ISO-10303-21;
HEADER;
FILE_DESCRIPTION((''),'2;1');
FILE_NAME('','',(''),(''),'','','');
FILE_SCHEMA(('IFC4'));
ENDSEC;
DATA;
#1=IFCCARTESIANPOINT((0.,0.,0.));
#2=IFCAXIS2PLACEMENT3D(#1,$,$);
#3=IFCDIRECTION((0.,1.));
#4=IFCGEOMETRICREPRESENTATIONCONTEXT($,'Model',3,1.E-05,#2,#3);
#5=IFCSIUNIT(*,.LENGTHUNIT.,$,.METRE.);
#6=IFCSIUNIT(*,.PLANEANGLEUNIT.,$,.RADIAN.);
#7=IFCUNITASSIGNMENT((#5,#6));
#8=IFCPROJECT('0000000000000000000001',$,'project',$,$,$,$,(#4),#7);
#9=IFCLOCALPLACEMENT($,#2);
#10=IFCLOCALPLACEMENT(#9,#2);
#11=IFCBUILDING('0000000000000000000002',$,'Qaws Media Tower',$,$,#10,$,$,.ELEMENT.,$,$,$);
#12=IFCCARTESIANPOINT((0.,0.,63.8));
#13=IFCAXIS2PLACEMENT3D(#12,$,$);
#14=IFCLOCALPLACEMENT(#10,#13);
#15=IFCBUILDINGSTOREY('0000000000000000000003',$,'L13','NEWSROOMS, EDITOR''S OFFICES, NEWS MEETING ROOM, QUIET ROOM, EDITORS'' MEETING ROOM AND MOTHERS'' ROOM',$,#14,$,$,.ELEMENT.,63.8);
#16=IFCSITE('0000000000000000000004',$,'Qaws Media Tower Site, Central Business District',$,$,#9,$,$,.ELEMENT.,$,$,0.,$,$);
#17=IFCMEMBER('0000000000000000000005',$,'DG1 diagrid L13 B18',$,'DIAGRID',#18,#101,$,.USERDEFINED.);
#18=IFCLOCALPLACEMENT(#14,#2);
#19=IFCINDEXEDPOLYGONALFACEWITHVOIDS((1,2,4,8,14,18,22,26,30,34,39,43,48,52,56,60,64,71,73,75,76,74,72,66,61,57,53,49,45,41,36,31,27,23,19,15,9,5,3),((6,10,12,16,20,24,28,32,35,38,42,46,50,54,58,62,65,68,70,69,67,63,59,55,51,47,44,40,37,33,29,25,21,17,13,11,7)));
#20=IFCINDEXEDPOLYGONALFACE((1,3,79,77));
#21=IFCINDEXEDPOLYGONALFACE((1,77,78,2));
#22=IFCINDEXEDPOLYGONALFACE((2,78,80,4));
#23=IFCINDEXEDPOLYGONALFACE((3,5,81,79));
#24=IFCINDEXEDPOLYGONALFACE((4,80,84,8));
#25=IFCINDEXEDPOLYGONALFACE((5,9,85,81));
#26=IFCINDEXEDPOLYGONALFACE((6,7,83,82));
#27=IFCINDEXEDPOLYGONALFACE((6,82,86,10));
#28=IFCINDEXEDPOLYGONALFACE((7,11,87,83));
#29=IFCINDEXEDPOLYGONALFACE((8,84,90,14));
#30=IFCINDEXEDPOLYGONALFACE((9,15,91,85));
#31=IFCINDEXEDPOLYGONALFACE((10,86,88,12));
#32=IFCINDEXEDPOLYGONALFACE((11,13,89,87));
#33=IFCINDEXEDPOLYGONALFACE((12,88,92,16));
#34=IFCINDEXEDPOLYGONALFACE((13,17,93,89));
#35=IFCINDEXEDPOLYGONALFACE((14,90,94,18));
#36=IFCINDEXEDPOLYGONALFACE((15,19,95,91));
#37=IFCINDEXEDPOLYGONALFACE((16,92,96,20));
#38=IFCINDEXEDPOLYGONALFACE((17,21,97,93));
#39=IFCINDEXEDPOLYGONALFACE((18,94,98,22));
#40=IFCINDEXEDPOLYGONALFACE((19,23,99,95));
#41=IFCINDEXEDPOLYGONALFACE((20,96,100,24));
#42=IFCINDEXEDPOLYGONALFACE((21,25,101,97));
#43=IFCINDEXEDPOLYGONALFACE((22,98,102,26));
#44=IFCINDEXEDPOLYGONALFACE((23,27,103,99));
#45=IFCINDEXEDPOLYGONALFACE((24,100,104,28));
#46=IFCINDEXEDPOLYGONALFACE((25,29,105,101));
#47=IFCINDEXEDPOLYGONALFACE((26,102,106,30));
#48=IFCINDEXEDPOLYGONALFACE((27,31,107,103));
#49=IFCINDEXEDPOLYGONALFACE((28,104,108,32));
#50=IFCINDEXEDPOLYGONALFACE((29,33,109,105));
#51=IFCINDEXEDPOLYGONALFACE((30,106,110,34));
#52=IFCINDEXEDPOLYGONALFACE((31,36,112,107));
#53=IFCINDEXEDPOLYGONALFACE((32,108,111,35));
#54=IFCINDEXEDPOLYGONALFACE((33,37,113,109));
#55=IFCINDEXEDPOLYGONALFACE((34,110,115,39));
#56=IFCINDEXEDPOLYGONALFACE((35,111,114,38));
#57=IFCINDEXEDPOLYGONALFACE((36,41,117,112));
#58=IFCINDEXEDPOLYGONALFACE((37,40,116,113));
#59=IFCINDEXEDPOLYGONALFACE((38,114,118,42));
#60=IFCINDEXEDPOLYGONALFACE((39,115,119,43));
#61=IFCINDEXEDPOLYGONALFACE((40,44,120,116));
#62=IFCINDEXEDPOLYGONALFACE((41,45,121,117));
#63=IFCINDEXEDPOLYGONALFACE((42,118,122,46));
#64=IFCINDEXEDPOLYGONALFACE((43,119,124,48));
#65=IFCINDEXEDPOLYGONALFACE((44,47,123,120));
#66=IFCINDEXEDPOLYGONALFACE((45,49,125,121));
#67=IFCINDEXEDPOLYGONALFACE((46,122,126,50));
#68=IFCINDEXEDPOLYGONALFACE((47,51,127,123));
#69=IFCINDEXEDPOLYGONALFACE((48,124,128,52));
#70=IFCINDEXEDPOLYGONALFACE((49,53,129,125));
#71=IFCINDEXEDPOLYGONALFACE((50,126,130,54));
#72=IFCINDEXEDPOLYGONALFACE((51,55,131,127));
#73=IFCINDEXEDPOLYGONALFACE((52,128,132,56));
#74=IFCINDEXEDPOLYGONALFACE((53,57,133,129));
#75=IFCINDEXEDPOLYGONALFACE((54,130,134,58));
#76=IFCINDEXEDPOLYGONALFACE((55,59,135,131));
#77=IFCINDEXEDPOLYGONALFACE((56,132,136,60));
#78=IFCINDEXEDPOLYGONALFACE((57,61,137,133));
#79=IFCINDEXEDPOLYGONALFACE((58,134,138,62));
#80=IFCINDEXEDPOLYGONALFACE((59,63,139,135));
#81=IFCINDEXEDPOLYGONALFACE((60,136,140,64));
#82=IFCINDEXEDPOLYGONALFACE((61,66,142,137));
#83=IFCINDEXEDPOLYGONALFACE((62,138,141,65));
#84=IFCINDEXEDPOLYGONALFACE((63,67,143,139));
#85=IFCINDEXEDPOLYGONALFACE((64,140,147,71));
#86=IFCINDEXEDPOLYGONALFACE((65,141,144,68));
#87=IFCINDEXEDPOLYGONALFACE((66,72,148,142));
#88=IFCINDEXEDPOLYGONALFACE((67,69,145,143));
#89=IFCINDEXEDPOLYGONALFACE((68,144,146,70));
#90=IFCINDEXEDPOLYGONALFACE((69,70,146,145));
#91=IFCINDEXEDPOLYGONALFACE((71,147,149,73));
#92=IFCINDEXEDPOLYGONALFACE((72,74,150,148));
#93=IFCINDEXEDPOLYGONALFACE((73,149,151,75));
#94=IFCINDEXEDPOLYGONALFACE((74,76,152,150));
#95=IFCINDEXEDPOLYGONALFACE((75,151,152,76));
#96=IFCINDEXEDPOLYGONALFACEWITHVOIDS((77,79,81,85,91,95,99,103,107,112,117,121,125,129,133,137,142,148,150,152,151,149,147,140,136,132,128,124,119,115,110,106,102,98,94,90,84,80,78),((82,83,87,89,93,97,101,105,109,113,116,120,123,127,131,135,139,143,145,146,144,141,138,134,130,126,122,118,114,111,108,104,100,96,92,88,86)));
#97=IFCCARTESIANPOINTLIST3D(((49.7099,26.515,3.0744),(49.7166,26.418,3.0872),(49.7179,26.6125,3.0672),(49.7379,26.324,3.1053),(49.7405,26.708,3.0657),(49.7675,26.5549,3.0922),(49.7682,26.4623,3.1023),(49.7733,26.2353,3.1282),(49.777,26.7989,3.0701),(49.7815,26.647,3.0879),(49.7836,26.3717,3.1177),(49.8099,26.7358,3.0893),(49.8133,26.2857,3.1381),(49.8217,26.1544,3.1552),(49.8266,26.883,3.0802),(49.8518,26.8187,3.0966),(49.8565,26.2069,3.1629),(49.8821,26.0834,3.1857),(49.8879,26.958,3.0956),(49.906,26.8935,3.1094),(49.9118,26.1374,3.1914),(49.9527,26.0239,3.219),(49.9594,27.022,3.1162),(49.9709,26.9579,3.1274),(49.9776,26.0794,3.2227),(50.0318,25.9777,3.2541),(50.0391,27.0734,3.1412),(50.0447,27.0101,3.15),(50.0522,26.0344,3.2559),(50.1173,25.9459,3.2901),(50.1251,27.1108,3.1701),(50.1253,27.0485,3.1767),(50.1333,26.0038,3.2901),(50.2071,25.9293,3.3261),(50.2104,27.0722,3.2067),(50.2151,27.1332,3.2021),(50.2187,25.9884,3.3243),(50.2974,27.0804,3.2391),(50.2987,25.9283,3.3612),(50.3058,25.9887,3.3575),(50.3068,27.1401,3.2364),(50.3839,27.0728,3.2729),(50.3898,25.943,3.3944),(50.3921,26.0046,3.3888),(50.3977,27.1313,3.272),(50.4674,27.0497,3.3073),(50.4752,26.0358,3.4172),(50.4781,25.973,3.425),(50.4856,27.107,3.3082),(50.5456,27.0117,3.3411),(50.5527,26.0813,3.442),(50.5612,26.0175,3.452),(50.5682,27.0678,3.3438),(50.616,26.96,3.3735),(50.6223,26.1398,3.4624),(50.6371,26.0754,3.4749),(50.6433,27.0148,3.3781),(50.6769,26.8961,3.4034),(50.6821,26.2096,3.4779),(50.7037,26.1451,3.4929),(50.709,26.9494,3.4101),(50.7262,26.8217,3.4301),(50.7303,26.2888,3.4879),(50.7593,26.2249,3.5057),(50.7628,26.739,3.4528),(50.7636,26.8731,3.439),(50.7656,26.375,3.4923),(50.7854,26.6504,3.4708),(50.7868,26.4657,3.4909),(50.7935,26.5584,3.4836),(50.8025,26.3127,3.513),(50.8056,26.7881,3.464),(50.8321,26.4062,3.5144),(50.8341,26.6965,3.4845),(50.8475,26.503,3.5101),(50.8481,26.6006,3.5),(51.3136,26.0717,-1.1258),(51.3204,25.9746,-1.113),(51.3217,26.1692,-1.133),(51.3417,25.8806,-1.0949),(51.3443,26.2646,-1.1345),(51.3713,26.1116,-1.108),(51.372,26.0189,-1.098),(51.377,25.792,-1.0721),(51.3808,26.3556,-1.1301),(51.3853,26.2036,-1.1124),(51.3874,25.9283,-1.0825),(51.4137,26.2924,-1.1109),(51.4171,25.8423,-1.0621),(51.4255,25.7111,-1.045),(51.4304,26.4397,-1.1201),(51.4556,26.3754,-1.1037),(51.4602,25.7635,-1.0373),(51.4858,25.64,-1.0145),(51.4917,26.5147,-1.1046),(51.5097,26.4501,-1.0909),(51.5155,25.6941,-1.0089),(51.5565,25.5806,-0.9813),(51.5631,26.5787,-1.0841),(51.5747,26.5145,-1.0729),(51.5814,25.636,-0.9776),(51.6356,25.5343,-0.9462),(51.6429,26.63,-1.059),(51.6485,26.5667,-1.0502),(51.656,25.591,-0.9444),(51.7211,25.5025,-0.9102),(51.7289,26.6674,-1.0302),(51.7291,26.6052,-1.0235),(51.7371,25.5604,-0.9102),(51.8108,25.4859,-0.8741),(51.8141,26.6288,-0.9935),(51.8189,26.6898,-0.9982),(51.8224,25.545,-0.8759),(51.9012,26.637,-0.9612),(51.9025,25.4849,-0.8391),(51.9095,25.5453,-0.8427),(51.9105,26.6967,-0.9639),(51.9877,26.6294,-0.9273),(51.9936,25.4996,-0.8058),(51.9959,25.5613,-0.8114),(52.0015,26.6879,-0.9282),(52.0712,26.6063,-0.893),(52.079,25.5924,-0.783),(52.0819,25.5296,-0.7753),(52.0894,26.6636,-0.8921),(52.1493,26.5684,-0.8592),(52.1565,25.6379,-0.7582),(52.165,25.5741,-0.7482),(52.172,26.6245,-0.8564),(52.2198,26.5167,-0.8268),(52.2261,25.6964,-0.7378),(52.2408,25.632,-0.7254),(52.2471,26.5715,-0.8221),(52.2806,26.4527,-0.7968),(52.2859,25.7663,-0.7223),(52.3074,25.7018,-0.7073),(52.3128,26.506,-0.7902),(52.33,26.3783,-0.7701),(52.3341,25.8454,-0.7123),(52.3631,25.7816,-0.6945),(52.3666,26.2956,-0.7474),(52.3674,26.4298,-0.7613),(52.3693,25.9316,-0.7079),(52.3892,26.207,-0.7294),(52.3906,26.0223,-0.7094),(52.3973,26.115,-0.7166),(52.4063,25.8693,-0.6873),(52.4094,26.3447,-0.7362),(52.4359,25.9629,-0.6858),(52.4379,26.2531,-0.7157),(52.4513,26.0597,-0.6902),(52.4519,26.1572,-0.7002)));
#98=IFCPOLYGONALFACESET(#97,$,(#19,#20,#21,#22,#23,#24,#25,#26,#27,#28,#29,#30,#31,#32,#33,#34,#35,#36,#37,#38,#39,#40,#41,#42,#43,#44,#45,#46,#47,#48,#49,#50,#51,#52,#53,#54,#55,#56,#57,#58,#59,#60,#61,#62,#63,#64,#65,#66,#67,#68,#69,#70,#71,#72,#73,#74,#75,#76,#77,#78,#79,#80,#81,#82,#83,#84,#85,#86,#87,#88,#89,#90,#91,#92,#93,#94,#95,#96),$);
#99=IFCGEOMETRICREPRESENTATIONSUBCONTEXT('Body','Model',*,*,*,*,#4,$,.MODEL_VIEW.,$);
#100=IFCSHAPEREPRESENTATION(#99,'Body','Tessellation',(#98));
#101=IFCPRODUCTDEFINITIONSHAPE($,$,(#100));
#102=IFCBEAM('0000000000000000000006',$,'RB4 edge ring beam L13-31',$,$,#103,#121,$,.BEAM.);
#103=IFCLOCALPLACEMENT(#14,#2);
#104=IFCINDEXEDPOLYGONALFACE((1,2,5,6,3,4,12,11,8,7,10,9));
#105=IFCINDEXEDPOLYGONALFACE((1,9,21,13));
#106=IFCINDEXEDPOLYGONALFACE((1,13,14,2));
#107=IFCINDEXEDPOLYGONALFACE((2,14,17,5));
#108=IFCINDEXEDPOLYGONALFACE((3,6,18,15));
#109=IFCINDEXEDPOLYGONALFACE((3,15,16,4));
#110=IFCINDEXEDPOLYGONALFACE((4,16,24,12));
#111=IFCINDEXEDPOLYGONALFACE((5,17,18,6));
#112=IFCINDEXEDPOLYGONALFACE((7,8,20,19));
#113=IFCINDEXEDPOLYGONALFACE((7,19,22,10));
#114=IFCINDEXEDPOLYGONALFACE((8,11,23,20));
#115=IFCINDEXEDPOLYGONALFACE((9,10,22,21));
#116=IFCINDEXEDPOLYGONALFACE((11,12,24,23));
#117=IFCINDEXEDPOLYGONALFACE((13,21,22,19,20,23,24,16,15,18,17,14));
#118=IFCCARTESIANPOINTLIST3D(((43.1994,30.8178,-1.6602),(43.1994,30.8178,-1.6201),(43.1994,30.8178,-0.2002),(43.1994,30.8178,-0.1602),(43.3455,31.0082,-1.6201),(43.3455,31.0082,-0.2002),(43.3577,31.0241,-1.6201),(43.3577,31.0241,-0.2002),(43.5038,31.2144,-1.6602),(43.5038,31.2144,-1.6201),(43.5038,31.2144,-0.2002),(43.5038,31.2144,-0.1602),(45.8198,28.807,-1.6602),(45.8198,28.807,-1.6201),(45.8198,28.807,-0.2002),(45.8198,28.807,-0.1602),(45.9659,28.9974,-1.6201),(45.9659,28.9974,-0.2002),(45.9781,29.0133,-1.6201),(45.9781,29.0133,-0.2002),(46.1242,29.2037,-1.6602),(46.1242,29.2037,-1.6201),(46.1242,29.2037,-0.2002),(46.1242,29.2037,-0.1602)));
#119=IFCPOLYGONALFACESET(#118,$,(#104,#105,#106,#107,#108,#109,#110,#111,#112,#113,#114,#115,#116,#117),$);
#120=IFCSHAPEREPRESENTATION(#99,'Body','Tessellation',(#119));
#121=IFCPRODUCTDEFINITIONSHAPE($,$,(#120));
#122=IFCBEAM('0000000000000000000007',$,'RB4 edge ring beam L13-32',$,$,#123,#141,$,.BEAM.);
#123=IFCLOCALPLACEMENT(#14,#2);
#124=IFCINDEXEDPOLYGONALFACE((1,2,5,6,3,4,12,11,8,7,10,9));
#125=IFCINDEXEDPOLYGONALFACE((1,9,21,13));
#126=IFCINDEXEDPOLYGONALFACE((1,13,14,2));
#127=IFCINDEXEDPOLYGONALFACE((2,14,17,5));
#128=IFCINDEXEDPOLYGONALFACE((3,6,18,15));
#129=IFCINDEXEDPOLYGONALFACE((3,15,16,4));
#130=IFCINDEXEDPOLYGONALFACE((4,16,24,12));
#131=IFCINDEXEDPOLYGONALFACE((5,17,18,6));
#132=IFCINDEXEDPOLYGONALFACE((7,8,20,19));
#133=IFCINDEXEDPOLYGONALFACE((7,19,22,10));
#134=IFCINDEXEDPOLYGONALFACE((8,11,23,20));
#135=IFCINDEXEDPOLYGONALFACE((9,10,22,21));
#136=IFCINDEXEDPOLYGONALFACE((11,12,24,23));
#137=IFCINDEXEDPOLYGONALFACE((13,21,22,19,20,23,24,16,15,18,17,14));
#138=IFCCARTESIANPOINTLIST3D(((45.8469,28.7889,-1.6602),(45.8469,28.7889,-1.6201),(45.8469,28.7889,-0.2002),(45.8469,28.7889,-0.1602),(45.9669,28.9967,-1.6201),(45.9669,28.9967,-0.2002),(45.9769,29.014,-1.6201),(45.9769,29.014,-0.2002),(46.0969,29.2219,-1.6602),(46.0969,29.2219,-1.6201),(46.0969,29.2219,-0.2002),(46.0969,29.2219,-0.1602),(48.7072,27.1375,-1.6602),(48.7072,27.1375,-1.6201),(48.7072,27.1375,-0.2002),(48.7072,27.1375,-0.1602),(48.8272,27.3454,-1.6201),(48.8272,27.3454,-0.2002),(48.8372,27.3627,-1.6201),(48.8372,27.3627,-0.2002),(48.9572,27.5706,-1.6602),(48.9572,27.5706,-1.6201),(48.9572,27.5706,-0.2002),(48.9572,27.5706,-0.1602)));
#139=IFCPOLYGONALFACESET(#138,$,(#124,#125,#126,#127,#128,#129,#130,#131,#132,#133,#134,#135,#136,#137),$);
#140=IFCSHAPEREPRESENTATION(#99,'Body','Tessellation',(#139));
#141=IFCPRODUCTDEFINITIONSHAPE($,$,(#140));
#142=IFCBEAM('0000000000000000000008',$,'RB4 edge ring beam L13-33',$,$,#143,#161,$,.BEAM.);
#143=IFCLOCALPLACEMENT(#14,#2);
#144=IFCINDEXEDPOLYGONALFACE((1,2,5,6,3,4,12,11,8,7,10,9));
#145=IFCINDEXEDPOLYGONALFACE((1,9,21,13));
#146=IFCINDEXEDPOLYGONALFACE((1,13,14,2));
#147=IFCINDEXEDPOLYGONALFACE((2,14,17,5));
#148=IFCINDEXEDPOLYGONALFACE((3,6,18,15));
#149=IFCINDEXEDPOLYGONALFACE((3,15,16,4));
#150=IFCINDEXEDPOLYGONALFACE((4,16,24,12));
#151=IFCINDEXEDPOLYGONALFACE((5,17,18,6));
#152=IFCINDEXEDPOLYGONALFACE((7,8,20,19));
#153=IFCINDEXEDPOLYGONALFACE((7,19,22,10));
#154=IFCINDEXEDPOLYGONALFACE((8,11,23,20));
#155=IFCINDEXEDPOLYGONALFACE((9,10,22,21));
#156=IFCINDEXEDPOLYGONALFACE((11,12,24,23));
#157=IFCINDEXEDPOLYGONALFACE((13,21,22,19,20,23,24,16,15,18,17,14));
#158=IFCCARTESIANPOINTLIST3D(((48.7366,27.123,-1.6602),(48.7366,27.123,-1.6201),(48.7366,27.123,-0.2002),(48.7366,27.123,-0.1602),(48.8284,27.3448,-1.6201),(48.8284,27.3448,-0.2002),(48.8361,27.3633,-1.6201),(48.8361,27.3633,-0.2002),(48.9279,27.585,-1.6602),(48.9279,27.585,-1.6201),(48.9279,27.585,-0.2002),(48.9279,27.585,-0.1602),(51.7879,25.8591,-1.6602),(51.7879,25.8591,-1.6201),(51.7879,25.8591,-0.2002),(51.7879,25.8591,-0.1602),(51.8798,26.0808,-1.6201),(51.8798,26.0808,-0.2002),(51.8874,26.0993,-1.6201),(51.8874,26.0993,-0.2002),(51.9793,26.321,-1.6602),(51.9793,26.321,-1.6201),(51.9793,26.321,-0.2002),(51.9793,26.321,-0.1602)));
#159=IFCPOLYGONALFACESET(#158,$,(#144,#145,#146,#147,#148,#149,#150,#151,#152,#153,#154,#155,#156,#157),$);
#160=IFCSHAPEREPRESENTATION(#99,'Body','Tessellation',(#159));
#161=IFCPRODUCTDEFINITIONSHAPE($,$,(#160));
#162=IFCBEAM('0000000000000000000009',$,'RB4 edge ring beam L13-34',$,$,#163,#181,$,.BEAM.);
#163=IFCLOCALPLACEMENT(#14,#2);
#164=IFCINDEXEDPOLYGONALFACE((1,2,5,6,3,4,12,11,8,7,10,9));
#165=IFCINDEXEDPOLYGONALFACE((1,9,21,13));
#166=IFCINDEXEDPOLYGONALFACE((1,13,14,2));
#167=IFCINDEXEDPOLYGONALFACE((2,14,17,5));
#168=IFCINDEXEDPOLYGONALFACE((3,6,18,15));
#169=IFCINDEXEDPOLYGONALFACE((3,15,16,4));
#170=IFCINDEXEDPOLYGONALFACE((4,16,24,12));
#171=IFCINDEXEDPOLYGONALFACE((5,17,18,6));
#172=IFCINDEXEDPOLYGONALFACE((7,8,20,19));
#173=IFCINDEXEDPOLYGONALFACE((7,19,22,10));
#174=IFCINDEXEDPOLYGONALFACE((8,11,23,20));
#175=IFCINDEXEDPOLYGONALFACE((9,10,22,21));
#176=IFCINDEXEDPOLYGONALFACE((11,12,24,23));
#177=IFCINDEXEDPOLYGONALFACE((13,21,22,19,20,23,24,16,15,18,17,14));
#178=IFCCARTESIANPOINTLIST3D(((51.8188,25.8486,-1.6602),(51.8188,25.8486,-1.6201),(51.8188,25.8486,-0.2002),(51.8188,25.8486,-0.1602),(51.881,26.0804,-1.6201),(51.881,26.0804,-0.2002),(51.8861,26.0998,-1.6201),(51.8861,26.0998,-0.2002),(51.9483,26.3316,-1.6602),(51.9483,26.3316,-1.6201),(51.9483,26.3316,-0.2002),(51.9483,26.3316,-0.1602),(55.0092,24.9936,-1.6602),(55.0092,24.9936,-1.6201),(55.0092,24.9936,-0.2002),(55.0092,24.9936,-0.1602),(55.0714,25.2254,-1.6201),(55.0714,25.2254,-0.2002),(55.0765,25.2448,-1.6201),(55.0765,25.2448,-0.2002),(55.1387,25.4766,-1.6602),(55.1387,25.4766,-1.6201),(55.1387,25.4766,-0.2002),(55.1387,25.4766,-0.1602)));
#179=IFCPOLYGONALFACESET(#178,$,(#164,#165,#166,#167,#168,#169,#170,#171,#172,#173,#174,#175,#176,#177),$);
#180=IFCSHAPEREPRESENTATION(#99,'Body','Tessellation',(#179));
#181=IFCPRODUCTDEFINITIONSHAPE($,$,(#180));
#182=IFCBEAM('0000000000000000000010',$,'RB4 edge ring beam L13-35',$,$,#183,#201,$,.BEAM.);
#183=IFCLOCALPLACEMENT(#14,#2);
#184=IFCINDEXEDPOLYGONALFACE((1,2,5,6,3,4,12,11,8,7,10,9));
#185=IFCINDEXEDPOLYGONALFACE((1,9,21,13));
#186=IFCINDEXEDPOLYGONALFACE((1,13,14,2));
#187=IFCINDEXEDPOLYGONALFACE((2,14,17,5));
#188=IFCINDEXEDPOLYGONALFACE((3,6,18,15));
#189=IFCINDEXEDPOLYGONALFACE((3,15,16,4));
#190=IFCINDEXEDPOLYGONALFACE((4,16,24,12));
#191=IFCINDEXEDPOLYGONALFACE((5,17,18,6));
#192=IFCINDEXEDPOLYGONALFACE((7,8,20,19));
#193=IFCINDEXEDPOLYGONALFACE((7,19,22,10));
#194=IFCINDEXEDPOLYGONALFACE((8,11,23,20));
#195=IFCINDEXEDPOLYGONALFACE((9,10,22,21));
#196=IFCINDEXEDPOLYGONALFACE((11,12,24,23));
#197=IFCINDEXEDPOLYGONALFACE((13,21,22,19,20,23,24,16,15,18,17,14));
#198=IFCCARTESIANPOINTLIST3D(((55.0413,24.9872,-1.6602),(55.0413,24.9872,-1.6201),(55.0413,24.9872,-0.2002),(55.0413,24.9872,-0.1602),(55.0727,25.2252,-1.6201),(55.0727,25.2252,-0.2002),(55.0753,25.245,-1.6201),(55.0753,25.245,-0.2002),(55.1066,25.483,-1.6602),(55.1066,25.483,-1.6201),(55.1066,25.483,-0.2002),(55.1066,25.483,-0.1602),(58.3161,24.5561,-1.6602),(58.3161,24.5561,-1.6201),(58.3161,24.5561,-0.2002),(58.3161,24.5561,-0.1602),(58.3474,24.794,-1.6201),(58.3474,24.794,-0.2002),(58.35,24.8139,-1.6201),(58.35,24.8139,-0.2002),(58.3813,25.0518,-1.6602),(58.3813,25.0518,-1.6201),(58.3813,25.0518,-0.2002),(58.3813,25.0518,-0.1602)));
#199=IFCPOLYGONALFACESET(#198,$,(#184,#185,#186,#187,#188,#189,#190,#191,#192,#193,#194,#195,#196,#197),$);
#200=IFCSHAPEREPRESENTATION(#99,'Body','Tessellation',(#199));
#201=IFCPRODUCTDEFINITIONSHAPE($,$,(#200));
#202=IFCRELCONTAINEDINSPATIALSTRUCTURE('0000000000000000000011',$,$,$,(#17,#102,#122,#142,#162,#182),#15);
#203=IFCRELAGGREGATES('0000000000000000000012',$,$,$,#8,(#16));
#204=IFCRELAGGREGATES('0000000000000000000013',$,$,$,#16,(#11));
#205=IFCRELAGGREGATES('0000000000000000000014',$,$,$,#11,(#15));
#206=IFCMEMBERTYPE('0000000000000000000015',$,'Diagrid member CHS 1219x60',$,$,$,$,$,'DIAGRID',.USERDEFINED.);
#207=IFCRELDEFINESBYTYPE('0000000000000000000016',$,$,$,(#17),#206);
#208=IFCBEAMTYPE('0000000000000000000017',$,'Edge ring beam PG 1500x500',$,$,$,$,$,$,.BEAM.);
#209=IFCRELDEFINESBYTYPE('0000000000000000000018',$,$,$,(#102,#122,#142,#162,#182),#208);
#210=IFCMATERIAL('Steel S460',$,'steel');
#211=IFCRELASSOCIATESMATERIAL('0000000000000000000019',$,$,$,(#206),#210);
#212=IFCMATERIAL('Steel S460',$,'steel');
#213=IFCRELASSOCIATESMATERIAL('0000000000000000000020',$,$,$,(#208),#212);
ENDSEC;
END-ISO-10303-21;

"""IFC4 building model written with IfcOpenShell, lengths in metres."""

from ifc_helpers import new_model, si_unit, direction, frame, origin, origin_2d, place, context, subcontext, project, spatial, hollow_circle, i_section, extrude, material, material_profile, profile_set, type_object, element, save


model = new_model("IFC4")

# Units and contexts
model_context = context("Model", 3, precision=1e-05, world=origin(), true_north=direction((0.0, 1.0)))
body_context = subcontext(model_context, "Body", "Model", "MODEL_VIEW")
ifc_project = project(units=[si_unit("LENGTHUNIT", "METRE"), si_unit("PLANEANGLEUNIT", "RADIAN")], contexts=[model_context])

# Site, building, storey
site_placement = place(None, origin())
site = spatial("IfcSite", under=ifc_project, at=site_placement, Name="Qaws Media Tower Site, Central Business District", CompositionType="ELEMENT", RefElevation=0.0)
building_placement = place(site_placement, origin())
building = spatial("IfcBuilding", under=site, at=building_placement, Name="Qaws Media Tower", CompositionType="ELEMENT")
storey_placement = place(building_placement, frame((0.0, 0.0, 63.8)))
storey = spatial("IfcBuildingStorey", under=building, at=storey_placement, Name="L13", Description="NEWSROOMS, EDITOR'S OFFICES, NEWS MEETING ROOM, QUIET ROOM, EDITORS' MEETING ROOM AND MOTHERS' ROOM", CompositionType="ELEMENT", Elevation=63.8)

# Member
ifc_material_1 = material(Name="Steel S460", Category="steel")
ifc_material_profile_1 = material_profile(ifc_material_1, hollow_circle(Radius=0.6096, WallThickness=0.0601, at=origin_2d()), Name="CHS 1219x60")
ifc_profile_set_1 = profile_set([ifc_material_profile_1], Name="Steel S460")
member_type_1 = type_object("IfcMemberType", Name="Diagrid member CHS 1219x60", ElementType="DIAGRID", PredefinedType="USERDEFINED", material=ifc_profile_set_1)
for number, where, z_axis, x_axis, name in (
    (1, (51.8835, 26.0901, -0.9102), (-0.354989, 0.098137, 0.929705), (-0.266456, -0.963847, 0.0), "DG1 diagrid L13 B18"),
):
    element("IfcMember", number, at=place(storey_placement, frame(where, z_axis=z_axis, x_axis=x_axis)), inside=storey, type_object=member_type_1, Name=name, ObjectType="DIAGRID", PredefinedType="USERDEFINED", context=body_context, shape_type="SweptSolid", body=[
        extrude(hollow_circle(Radius=0.6096, WallThickness=0.0601, at=origin_2d()), origin(), (0.0, 0.0, 1.0), 4.5178),
    ])

# Beams
ifc_material_2 = material(Name="Steel S460", Category="steel")
ifc_material_profile_2 = material_profile(ifc_material_2, i_section(OverallWidth=0.5, OverallDepth=1.5, WebThickness=0.02, FlangeThickness=0.04, at=origin_2d()), Name="PG 1500x500")
ifc_profile_set_2 = profile_set([ifc_material_profile_2], Name="Steel S460")
beam_type = type_object("IfcBeamType", Name="Edge ring beam PG 1500x500", PredefinedType="BEAM", material=ifc_profile_set_2)
beam_placement = place(storey_placement, frame((43.3516, 31.0161, -0.9102), z_axis=(0.793343, -0.608774, 0.0), x_axis=(0.608774, 0.793343, 0.0)))
element("IfcBeam", 2, at=beam_placement, inside=storey, type_object=beam_type, Name="RB4 edge ring beam L13-31", PredefinedType="BEAM", context=body_context, shape_type="SweptSolid", body=[
    extrude(i_section(OverallWidth=0.5, OverallDepth=1.5, WebThickness=0.02, FlangeThickness=0.04, at=origin_2d()), origin(), (0.0, 0.0, 1.0), 3.303),
])
for number, where, z_axis, x_axis, name in (
    (3, (45.9719, 29.0054, -0.9102), (0.866033, -0.499987, 0.0), (0.499987, 0.866033, 0.0), "RB4 edge ring beam L13-32"),
    (4, (48.8323, 27.354, -0.9102), (0.923875, -0.382693, 0.0), (0.382693, 0.923875, 0.0), "RB4 edge ring beam L13-33"),
):
    element("IfcBeam", number, at=place(storey_placement, frame(where, z_axis=z_axis, x_axis=x_axis)), inside=storey, type_object=beam_type, Name=name, PredefinedType="BEAM", context=body_context, shape_type="SweptSolid", body=[
        extrude(i_section(OverallWidth=0.5, OverallDepth=1.5, WebThickness=0.02, FlangeThickness=0.04, at=origin_2d()), origin(), (0.0, 0.0, 1.0), 3.3027),
    ])
for number, where, z_axis, x_axis, name in (
    (5, (51.8835, 26.0901, -0.9102), (0.965918, -0.258849, 0.0), (0.258849, 0.965918, 0.0), "RB4 edge ring beam L13-34"),
    (6, (55.074, 25.2351, -0.9102), (0.991443, -0.130537, 0.0), (0.130537, 0.991443, 0.0), "RB4 edge ring beam L13-35"),
):
    element("IfcBeam", number, at=place(storey_placement, frame(where, z_axis=z_axis, x_axis=x_axis)), inside=storey, type_object=beam_type, Name=name, PredefinedType="BEAM", context=body_context, shape_type="SweptSolid", body=[
        extrude(i_section(OverallWidth=0.5, OverallDepth=1.5, WebThickness=0.02, FlangeThickness=0.04, at=origin_2d()), origin(), (0.0, 0.0, 1.0), 3.303),
    ])

save(model, "model.ifc")
